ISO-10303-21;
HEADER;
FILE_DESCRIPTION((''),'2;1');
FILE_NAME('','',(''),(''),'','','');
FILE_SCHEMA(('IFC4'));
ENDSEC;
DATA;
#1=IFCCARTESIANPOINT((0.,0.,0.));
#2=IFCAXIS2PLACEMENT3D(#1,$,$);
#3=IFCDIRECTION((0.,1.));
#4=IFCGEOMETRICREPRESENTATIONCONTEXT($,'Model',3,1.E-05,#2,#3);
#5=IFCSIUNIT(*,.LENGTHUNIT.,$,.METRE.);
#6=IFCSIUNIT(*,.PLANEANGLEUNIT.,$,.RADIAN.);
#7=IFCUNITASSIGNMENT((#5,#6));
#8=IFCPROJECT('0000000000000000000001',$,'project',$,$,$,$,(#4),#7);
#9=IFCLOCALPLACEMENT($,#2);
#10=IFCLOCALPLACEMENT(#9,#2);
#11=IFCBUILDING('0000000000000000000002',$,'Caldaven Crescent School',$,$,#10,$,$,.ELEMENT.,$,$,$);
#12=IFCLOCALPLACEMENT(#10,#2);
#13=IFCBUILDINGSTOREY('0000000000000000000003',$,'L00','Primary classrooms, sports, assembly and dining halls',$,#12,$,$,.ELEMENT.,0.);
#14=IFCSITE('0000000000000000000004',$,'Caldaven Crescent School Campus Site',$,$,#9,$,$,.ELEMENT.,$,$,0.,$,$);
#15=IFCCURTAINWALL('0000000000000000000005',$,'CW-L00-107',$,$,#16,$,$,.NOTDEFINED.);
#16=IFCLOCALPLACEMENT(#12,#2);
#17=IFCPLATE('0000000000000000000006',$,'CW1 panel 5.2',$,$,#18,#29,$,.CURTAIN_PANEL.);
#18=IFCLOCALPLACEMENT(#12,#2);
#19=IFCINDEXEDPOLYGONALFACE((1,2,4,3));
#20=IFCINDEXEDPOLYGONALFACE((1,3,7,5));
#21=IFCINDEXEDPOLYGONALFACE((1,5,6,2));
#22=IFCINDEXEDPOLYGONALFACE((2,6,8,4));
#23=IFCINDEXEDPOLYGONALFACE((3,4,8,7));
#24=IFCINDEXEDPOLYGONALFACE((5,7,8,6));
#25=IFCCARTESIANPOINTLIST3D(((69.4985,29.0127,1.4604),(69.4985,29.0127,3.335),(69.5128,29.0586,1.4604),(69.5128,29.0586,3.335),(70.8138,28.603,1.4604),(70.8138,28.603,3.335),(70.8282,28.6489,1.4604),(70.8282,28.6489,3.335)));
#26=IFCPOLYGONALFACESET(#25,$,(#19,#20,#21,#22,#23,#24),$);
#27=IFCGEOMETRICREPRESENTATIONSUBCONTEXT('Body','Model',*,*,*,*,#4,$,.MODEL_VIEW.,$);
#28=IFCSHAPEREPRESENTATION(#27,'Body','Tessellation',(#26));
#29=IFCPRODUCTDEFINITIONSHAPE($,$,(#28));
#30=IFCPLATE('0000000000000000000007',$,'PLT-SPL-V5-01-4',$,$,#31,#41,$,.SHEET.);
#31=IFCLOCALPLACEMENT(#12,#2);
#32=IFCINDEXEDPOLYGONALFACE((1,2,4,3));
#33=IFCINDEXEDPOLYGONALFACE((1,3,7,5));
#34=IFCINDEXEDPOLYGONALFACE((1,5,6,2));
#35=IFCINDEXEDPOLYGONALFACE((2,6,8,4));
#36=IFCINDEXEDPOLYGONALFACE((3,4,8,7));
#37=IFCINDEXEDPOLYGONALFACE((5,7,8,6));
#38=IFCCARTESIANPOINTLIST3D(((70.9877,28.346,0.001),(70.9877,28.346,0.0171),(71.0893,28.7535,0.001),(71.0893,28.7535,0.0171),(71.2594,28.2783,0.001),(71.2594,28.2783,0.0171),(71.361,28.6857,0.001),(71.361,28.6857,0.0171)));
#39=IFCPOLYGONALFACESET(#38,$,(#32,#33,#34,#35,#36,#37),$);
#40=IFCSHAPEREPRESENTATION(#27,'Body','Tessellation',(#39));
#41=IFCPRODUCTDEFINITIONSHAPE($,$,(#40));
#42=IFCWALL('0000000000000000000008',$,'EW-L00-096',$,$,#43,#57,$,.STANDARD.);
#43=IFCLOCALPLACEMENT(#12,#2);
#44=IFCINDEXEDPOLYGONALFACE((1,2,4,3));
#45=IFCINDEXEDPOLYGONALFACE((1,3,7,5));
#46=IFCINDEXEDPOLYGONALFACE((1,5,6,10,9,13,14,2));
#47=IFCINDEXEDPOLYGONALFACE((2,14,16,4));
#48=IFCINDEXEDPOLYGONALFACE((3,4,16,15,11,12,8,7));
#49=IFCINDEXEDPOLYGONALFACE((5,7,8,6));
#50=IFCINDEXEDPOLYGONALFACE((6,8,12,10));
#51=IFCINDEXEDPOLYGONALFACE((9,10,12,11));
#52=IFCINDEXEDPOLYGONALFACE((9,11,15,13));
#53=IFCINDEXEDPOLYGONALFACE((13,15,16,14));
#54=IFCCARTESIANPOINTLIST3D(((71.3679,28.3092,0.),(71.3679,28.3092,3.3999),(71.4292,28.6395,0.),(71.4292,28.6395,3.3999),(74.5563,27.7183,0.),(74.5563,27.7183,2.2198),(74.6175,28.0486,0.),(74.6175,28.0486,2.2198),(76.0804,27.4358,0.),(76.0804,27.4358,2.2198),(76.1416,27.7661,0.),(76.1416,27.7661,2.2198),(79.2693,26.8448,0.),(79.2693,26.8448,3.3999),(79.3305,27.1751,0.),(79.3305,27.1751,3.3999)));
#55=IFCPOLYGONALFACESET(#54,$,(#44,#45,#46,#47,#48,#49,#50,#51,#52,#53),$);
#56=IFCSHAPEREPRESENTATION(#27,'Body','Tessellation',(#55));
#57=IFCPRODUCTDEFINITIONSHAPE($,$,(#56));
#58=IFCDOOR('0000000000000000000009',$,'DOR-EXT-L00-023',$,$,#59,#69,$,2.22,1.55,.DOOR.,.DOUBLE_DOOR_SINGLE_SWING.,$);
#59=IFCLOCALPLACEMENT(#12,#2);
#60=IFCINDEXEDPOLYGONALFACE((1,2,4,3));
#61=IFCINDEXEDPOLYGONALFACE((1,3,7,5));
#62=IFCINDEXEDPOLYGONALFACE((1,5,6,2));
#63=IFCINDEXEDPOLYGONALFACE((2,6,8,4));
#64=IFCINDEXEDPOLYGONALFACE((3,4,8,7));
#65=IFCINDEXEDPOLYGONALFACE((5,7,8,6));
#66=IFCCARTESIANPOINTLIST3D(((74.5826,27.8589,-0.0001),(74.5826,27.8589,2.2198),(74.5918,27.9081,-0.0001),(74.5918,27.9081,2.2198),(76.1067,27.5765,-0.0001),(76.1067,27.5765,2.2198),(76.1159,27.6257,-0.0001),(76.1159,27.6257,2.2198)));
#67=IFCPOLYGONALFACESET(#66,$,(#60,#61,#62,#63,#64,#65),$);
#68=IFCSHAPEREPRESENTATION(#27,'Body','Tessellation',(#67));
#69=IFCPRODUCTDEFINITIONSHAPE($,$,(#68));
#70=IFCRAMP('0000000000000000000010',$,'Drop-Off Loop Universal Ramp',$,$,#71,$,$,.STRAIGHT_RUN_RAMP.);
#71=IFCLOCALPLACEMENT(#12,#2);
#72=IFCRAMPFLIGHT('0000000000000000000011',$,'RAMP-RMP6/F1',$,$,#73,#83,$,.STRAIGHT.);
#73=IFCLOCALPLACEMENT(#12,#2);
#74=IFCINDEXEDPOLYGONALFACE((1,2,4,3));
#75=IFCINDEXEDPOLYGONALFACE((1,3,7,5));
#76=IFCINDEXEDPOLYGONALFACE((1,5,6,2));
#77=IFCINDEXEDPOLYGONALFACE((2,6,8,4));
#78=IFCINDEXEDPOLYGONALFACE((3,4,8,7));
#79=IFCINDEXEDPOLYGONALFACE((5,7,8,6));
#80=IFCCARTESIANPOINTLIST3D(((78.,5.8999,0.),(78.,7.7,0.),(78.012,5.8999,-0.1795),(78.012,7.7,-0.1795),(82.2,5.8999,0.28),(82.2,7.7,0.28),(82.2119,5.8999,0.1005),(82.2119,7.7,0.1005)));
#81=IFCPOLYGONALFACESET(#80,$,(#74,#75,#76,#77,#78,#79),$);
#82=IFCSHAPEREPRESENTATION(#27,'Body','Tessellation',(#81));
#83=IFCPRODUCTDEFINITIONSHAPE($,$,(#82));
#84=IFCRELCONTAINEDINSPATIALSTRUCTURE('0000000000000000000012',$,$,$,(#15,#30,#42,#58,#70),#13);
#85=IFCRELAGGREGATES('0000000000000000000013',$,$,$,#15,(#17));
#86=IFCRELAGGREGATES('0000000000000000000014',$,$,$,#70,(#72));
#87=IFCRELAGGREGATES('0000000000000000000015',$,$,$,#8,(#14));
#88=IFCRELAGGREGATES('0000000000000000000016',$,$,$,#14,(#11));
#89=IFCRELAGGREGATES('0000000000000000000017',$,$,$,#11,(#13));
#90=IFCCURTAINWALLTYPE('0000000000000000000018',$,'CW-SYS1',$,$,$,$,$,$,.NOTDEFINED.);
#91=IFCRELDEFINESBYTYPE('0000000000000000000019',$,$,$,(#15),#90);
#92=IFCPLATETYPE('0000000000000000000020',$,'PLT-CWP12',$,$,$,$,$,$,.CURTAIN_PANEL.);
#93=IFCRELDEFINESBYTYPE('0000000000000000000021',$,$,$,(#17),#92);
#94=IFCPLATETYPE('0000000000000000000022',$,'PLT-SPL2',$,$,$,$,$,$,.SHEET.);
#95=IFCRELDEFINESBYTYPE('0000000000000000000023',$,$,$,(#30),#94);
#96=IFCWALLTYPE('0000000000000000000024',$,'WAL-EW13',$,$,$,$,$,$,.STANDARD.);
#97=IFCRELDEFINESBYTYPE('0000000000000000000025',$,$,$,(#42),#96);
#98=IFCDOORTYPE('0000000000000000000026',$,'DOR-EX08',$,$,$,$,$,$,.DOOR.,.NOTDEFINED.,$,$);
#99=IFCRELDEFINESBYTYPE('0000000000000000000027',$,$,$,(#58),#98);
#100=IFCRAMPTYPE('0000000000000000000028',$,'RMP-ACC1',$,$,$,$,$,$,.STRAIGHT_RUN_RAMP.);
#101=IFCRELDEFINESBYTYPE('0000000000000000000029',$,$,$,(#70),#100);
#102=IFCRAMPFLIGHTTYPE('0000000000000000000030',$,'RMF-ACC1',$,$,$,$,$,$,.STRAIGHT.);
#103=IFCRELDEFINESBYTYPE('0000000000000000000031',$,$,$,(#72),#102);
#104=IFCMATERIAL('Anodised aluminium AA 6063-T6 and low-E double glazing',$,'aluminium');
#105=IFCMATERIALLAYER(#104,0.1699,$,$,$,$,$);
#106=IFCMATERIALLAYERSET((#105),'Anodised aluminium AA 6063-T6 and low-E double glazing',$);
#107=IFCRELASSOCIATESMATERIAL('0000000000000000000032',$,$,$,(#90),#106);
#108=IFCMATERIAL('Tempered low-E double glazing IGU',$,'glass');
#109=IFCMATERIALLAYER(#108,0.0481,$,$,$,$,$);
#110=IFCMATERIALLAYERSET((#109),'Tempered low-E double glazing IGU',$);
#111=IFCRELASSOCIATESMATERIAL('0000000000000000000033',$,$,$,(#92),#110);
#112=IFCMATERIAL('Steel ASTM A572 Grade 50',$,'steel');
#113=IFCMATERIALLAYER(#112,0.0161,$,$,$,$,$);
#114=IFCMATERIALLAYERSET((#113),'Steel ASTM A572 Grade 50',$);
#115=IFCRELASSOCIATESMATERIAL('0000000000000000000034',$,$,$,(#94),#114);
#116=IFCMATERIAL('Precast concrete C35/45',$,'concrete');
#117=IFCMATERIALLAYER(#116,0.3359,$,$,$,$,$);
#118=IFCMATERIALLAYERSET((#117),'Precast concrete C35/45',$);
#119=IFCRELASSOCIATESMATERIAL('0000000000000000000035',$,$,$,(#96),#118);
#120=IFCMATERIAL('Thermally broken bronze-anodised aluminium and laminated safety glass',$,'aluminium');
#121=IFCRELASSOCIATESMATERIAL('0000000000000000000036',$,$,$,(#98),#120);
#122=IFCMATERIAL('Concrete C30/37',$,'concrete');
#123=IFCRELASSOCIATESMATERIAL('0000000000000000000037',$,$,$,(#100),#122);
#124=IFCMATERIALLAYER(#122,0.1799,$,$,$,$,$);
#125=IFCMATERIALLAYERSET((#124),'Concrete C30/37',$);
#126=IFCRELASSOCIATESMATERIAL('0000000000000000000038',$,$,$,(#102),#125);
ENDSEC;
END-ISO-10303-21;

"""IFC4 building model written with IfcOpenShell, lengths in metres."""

from ifc_helpers import new_model, si_unit, direction, frame, frame_2d, origin, origin_2d, place, context, subcontext, project, spatial, polyline, rectangle, outline, extrude, material, layer, layer_set, type_object, element, fill, aggregate, save


model = new_model("IFC4")

# Units and contexts
model_context = context("Model", 3, precision=1e-05, world=origin(), true_north=direction((0.0, 1.0)))
body_context = subcontext(model_context, "Body", "Model", "MODEL_VIEW")
ifc_project = project(units=[si_unit("LENGTHUNIT", "METRE"), si_unit("PLANEANGLEUNIT", "RADIAN")], contexts=[model_context])

# Site, building, storey
site_placement = place(None, origin())
site = spatial("IfcSite", under=ifc_project, at=site_placement, Name="Caldaven Crescent School Campus Site", CompositionType="ELEMENT", RefElevation=0.0)
building_placement = place(site_placement, origin())
building = spatial("IfcBuilding", under=site, at=building_placement, Name="Caldaven Crescent School", CompositionType="ELEMENT")
storey_placement = place(building_placement, origin())
storey = spatial("IfcBuildingStorey", under=building, at=storey_placement, Name="L00", Description="Primary classrooms, sports, assembly and dining halls", CompositionType="ELEMENT", Elevation=0.0)

# Shared definitions
ifc_material_1 = material(Name="Concrete C30/37", Category="concrete")

# Shared definitions
ifc_material_2 = material(Name="Anodised aluminium AA 6063-T6 and low-E double glazing", Category="aluminium")

# Curtain wall
ifc_layer_1 = layer(ifc_material_2, 0.1699)
ifc_layer_set_1 = layer_set([ifc_layer_1], Name="Anodised aluminium AA 6063-T6 and low-E double glazing")
curtain_wall_type_1 = type_object("IfcCurtainWallType", Name="CW-SYS1", PredefinedType="NOTDEFINED", material=ifc_layer_set_1)
curtain_wall_1_placement = place(storey_placement, origin())
curtain_wall_1 = element("IfcCurtainWall", 1, at=curtain_wall_1_placement, inside=storey, type_object=curtain_wall_type_1, Name="CW-L00-107", PredefinedType="NOTDEFINED")

# Plates
ifc_material_3 = material(Name="Steel ASTM A572 Grade 50", Category="steel")
ifc_material_4 = material(Name="Tempered low-E double glazing IGU", Category="glass")
ifc_layer_2 = layer(ifc_material_4, 0.0481)
ifc_layer_set_2 = layer_set([ifc_layer_2], Name="Tempered low-E double glazing IGU")
plate_type_1 = type_object("IfcPlateType", Name="PLT-CWP12", PredefinedType="CURTAIN_PANEL", material=ifc_layer_set_2)
plate_1_placement = place(storey_placement, frame((70.1633, 28.8308, 1.4604), z_axis=(0.0, 0.0, 1.0), x_axis=(0.954747, -0.29742, 0.0)))
plate_1 = element("IfcPlate", 2, at=plate_1_placement, type_object=plate_type_1, Name="CW1 panel 5.2", PredefinedType="CURTAIN_PANEL", context=body_context, shape_type="SweptSolid", body=[
    extrude(rectangle(XDim=1.3777, YDim=0.0481, at=origin_2d()), origin(), (0.0, 0.0, 1.0), 1.8745),
])
aggregate(curtain_wall_1, [plate_1])
ifc_layer_3 = layer(ifc_material_3, 0.0161)
ifc_layer_set_3 = layer_set([ifc_layer_3], Name="Steel ASTM A572 Grade 50")
plate_type_2 = type_object("IfcPlateType", Name="PLT-SPL2", PredefinedType="SHEET", material=ifc_layer_set_3)
plate_2_placement = place(storey_placement, frame((71.1743, 28.5159, 0.001), z_axis=(0.0, 0.0, 1.0), x_axis=(-0.241922, -0.970296, 0.0)))
element("IfcPlate", 3, at=plate_2_placement, inside=storey, type_object=plate_type_2, Name="PLT-SPL-V5-01-4", PredefinedType="SHEET", context=body_context, shape_type="SweptSolid", body=[
    extrude(rectangle(XDim=0.4199, YDim=0.28, at=origin_2d()), origin(), (0.0, 0.0, 1.0), 0.0161),
])

# Wall, opening, door
ifc_material_5 = material(Name="Precast concrete C35/45", Category="concrete")
ifc_layer_4 = layer(ifc_material_5, 0.3359)
ifc_layer_set_4 = layer_set([ifc_layer_4], Name="Precast concrete C35/45")
wall_type = type_object("IfcWallType", Name="WAL-EW13", PredefinedType="STANDARD", material=ifc_layer_set_4)
wall_placement = place(storey_placement, frame((71.3984, 28.4744, 0.0), z_axis=(0.0, 0.0, 1.0), x_axis=(0.983257, -0.182226, 0.0)))
wall = element("IfcWall", 4, at=wall_placement, inside=storey, type_object=wall_type, Name="EW-L00-096", PredefinedType="STANDARD", context=body_context, shape_type="SweptSolid", body=[
    extrude(rectangle(XDim=8.0359, YDim=0.3359, at=frame_2d((4.0181, 0.0))), origin(), (0.0, 0.0, 1.0), 3.3999),
])
opening_placement = place(wall_placement, frame((3.2429, 0.0, 0.0)))
opening = element("IfcOpeningElement", 5, at=opening_placement, cuts=wall, PredefinedType="OPENING", context=body_context, shape_type="SweptSolid", body=[
    extrude(rectangle(XDim=1.55, YDim=2.22, at=frame_2d((0.7749, 1.1099))), frame((0.0, 0.178, 0.0), z_axis=(0.0, -1.0, 0.0), x_axis=(1.0, 0.0, 0.0)), (0.0, 0.0, 1.0), 0.356),
])
ifc_material_6 = material(Name="Thermally broken bronze-anodised aluminium and laminated safety glass", Category="aluminium")
door_type = type_object("IfcDoorType", Name="DOR-EX08", OperationType="NOTDEFINED", PredefinedType="DOOR", material=ifc_material_6)
door_placement = place(opening_placement, frame((1.55, 0.0, 0.0), z_axis=(0.0, 0.0, 1.0), x_axis=(-1.0, 0.0, 0.0)))
door = element("IfcDoor", 6, at=door_placement, inside=storey, type_object=door_type, Name="DOR-EXT-L00-023", OperationType="DOUBLE_DOOR_SINGLE_SWING", OverallHeight=2.22, OverallWidth=1.55, PredefinedType="DOOR", context=body_context, shape_type="SweptSolid", body=[
    extrude(rectangle(XDim=1.55, YDim=2.22, at=frame_2d((0.7749, 1.1099))), frame((0.0, 0.0249, 0.0), z_axis=(0.0, -1.0, 0.0), x_axis=(1.0, 0.0, 0.0)), (0.0, 0.0, 1.0), 0.05),
])
fill(opening, door)

# Ramp, ramp flight
ramp_type = type_object("IfcRampType", Name="RMP-ACC1", PredefinedType="STRAIGHT_RUN_RAMP", material=ifc_material_1)
ramp_placement = place(storey_placement, origin())
ramp = element("IfcRamp", 7, at=ramp_placement, inside=storey, type_object=ramp_type, Name="Drop-Off Loop Universal Ramp", PredefinedType="STRAIGHT_RUN_RAMP")
ifc_layer_5 = layer(ifc_material_1, 0.1799)
ifc_layer_set_5 = layer_set([ifc_layer_5], Name="Concrete C30/37")
ramp_flight_type = type_object("IfcRampFlightType", Name="RMF-ACC1", PredefinedType="STRAIGHT", material=ifc_layer_set_5)
ramp_flight_placement = place(storey_placement, frame((78.0, 5.8999, 0.0), z_axis=(-0.066527, 0.0, 0.997785), x_axis=(0.997785, 0.0, 0.066527)))
ramp_flight = element("IfcRampFlight", 8, at=ramp_flight_placement, type_object=ramp_flight_type, Name="RAMP-RMP6/F1", PredefinedType="STRAIGHT", context=body_context, shape_type="SweptSolid", body=[
    extrude(outline(polyline([(0.0, 0.0), (4.2093, 0.0), (4.2093, 1.8), (0.0, 1.8), (0.0, 0.0)])), origin(), (0.0, 0.0, -1.0), 0.1799),
])
aggregate(ramp, [ramp_flight])

save(model, "model.ifc")
